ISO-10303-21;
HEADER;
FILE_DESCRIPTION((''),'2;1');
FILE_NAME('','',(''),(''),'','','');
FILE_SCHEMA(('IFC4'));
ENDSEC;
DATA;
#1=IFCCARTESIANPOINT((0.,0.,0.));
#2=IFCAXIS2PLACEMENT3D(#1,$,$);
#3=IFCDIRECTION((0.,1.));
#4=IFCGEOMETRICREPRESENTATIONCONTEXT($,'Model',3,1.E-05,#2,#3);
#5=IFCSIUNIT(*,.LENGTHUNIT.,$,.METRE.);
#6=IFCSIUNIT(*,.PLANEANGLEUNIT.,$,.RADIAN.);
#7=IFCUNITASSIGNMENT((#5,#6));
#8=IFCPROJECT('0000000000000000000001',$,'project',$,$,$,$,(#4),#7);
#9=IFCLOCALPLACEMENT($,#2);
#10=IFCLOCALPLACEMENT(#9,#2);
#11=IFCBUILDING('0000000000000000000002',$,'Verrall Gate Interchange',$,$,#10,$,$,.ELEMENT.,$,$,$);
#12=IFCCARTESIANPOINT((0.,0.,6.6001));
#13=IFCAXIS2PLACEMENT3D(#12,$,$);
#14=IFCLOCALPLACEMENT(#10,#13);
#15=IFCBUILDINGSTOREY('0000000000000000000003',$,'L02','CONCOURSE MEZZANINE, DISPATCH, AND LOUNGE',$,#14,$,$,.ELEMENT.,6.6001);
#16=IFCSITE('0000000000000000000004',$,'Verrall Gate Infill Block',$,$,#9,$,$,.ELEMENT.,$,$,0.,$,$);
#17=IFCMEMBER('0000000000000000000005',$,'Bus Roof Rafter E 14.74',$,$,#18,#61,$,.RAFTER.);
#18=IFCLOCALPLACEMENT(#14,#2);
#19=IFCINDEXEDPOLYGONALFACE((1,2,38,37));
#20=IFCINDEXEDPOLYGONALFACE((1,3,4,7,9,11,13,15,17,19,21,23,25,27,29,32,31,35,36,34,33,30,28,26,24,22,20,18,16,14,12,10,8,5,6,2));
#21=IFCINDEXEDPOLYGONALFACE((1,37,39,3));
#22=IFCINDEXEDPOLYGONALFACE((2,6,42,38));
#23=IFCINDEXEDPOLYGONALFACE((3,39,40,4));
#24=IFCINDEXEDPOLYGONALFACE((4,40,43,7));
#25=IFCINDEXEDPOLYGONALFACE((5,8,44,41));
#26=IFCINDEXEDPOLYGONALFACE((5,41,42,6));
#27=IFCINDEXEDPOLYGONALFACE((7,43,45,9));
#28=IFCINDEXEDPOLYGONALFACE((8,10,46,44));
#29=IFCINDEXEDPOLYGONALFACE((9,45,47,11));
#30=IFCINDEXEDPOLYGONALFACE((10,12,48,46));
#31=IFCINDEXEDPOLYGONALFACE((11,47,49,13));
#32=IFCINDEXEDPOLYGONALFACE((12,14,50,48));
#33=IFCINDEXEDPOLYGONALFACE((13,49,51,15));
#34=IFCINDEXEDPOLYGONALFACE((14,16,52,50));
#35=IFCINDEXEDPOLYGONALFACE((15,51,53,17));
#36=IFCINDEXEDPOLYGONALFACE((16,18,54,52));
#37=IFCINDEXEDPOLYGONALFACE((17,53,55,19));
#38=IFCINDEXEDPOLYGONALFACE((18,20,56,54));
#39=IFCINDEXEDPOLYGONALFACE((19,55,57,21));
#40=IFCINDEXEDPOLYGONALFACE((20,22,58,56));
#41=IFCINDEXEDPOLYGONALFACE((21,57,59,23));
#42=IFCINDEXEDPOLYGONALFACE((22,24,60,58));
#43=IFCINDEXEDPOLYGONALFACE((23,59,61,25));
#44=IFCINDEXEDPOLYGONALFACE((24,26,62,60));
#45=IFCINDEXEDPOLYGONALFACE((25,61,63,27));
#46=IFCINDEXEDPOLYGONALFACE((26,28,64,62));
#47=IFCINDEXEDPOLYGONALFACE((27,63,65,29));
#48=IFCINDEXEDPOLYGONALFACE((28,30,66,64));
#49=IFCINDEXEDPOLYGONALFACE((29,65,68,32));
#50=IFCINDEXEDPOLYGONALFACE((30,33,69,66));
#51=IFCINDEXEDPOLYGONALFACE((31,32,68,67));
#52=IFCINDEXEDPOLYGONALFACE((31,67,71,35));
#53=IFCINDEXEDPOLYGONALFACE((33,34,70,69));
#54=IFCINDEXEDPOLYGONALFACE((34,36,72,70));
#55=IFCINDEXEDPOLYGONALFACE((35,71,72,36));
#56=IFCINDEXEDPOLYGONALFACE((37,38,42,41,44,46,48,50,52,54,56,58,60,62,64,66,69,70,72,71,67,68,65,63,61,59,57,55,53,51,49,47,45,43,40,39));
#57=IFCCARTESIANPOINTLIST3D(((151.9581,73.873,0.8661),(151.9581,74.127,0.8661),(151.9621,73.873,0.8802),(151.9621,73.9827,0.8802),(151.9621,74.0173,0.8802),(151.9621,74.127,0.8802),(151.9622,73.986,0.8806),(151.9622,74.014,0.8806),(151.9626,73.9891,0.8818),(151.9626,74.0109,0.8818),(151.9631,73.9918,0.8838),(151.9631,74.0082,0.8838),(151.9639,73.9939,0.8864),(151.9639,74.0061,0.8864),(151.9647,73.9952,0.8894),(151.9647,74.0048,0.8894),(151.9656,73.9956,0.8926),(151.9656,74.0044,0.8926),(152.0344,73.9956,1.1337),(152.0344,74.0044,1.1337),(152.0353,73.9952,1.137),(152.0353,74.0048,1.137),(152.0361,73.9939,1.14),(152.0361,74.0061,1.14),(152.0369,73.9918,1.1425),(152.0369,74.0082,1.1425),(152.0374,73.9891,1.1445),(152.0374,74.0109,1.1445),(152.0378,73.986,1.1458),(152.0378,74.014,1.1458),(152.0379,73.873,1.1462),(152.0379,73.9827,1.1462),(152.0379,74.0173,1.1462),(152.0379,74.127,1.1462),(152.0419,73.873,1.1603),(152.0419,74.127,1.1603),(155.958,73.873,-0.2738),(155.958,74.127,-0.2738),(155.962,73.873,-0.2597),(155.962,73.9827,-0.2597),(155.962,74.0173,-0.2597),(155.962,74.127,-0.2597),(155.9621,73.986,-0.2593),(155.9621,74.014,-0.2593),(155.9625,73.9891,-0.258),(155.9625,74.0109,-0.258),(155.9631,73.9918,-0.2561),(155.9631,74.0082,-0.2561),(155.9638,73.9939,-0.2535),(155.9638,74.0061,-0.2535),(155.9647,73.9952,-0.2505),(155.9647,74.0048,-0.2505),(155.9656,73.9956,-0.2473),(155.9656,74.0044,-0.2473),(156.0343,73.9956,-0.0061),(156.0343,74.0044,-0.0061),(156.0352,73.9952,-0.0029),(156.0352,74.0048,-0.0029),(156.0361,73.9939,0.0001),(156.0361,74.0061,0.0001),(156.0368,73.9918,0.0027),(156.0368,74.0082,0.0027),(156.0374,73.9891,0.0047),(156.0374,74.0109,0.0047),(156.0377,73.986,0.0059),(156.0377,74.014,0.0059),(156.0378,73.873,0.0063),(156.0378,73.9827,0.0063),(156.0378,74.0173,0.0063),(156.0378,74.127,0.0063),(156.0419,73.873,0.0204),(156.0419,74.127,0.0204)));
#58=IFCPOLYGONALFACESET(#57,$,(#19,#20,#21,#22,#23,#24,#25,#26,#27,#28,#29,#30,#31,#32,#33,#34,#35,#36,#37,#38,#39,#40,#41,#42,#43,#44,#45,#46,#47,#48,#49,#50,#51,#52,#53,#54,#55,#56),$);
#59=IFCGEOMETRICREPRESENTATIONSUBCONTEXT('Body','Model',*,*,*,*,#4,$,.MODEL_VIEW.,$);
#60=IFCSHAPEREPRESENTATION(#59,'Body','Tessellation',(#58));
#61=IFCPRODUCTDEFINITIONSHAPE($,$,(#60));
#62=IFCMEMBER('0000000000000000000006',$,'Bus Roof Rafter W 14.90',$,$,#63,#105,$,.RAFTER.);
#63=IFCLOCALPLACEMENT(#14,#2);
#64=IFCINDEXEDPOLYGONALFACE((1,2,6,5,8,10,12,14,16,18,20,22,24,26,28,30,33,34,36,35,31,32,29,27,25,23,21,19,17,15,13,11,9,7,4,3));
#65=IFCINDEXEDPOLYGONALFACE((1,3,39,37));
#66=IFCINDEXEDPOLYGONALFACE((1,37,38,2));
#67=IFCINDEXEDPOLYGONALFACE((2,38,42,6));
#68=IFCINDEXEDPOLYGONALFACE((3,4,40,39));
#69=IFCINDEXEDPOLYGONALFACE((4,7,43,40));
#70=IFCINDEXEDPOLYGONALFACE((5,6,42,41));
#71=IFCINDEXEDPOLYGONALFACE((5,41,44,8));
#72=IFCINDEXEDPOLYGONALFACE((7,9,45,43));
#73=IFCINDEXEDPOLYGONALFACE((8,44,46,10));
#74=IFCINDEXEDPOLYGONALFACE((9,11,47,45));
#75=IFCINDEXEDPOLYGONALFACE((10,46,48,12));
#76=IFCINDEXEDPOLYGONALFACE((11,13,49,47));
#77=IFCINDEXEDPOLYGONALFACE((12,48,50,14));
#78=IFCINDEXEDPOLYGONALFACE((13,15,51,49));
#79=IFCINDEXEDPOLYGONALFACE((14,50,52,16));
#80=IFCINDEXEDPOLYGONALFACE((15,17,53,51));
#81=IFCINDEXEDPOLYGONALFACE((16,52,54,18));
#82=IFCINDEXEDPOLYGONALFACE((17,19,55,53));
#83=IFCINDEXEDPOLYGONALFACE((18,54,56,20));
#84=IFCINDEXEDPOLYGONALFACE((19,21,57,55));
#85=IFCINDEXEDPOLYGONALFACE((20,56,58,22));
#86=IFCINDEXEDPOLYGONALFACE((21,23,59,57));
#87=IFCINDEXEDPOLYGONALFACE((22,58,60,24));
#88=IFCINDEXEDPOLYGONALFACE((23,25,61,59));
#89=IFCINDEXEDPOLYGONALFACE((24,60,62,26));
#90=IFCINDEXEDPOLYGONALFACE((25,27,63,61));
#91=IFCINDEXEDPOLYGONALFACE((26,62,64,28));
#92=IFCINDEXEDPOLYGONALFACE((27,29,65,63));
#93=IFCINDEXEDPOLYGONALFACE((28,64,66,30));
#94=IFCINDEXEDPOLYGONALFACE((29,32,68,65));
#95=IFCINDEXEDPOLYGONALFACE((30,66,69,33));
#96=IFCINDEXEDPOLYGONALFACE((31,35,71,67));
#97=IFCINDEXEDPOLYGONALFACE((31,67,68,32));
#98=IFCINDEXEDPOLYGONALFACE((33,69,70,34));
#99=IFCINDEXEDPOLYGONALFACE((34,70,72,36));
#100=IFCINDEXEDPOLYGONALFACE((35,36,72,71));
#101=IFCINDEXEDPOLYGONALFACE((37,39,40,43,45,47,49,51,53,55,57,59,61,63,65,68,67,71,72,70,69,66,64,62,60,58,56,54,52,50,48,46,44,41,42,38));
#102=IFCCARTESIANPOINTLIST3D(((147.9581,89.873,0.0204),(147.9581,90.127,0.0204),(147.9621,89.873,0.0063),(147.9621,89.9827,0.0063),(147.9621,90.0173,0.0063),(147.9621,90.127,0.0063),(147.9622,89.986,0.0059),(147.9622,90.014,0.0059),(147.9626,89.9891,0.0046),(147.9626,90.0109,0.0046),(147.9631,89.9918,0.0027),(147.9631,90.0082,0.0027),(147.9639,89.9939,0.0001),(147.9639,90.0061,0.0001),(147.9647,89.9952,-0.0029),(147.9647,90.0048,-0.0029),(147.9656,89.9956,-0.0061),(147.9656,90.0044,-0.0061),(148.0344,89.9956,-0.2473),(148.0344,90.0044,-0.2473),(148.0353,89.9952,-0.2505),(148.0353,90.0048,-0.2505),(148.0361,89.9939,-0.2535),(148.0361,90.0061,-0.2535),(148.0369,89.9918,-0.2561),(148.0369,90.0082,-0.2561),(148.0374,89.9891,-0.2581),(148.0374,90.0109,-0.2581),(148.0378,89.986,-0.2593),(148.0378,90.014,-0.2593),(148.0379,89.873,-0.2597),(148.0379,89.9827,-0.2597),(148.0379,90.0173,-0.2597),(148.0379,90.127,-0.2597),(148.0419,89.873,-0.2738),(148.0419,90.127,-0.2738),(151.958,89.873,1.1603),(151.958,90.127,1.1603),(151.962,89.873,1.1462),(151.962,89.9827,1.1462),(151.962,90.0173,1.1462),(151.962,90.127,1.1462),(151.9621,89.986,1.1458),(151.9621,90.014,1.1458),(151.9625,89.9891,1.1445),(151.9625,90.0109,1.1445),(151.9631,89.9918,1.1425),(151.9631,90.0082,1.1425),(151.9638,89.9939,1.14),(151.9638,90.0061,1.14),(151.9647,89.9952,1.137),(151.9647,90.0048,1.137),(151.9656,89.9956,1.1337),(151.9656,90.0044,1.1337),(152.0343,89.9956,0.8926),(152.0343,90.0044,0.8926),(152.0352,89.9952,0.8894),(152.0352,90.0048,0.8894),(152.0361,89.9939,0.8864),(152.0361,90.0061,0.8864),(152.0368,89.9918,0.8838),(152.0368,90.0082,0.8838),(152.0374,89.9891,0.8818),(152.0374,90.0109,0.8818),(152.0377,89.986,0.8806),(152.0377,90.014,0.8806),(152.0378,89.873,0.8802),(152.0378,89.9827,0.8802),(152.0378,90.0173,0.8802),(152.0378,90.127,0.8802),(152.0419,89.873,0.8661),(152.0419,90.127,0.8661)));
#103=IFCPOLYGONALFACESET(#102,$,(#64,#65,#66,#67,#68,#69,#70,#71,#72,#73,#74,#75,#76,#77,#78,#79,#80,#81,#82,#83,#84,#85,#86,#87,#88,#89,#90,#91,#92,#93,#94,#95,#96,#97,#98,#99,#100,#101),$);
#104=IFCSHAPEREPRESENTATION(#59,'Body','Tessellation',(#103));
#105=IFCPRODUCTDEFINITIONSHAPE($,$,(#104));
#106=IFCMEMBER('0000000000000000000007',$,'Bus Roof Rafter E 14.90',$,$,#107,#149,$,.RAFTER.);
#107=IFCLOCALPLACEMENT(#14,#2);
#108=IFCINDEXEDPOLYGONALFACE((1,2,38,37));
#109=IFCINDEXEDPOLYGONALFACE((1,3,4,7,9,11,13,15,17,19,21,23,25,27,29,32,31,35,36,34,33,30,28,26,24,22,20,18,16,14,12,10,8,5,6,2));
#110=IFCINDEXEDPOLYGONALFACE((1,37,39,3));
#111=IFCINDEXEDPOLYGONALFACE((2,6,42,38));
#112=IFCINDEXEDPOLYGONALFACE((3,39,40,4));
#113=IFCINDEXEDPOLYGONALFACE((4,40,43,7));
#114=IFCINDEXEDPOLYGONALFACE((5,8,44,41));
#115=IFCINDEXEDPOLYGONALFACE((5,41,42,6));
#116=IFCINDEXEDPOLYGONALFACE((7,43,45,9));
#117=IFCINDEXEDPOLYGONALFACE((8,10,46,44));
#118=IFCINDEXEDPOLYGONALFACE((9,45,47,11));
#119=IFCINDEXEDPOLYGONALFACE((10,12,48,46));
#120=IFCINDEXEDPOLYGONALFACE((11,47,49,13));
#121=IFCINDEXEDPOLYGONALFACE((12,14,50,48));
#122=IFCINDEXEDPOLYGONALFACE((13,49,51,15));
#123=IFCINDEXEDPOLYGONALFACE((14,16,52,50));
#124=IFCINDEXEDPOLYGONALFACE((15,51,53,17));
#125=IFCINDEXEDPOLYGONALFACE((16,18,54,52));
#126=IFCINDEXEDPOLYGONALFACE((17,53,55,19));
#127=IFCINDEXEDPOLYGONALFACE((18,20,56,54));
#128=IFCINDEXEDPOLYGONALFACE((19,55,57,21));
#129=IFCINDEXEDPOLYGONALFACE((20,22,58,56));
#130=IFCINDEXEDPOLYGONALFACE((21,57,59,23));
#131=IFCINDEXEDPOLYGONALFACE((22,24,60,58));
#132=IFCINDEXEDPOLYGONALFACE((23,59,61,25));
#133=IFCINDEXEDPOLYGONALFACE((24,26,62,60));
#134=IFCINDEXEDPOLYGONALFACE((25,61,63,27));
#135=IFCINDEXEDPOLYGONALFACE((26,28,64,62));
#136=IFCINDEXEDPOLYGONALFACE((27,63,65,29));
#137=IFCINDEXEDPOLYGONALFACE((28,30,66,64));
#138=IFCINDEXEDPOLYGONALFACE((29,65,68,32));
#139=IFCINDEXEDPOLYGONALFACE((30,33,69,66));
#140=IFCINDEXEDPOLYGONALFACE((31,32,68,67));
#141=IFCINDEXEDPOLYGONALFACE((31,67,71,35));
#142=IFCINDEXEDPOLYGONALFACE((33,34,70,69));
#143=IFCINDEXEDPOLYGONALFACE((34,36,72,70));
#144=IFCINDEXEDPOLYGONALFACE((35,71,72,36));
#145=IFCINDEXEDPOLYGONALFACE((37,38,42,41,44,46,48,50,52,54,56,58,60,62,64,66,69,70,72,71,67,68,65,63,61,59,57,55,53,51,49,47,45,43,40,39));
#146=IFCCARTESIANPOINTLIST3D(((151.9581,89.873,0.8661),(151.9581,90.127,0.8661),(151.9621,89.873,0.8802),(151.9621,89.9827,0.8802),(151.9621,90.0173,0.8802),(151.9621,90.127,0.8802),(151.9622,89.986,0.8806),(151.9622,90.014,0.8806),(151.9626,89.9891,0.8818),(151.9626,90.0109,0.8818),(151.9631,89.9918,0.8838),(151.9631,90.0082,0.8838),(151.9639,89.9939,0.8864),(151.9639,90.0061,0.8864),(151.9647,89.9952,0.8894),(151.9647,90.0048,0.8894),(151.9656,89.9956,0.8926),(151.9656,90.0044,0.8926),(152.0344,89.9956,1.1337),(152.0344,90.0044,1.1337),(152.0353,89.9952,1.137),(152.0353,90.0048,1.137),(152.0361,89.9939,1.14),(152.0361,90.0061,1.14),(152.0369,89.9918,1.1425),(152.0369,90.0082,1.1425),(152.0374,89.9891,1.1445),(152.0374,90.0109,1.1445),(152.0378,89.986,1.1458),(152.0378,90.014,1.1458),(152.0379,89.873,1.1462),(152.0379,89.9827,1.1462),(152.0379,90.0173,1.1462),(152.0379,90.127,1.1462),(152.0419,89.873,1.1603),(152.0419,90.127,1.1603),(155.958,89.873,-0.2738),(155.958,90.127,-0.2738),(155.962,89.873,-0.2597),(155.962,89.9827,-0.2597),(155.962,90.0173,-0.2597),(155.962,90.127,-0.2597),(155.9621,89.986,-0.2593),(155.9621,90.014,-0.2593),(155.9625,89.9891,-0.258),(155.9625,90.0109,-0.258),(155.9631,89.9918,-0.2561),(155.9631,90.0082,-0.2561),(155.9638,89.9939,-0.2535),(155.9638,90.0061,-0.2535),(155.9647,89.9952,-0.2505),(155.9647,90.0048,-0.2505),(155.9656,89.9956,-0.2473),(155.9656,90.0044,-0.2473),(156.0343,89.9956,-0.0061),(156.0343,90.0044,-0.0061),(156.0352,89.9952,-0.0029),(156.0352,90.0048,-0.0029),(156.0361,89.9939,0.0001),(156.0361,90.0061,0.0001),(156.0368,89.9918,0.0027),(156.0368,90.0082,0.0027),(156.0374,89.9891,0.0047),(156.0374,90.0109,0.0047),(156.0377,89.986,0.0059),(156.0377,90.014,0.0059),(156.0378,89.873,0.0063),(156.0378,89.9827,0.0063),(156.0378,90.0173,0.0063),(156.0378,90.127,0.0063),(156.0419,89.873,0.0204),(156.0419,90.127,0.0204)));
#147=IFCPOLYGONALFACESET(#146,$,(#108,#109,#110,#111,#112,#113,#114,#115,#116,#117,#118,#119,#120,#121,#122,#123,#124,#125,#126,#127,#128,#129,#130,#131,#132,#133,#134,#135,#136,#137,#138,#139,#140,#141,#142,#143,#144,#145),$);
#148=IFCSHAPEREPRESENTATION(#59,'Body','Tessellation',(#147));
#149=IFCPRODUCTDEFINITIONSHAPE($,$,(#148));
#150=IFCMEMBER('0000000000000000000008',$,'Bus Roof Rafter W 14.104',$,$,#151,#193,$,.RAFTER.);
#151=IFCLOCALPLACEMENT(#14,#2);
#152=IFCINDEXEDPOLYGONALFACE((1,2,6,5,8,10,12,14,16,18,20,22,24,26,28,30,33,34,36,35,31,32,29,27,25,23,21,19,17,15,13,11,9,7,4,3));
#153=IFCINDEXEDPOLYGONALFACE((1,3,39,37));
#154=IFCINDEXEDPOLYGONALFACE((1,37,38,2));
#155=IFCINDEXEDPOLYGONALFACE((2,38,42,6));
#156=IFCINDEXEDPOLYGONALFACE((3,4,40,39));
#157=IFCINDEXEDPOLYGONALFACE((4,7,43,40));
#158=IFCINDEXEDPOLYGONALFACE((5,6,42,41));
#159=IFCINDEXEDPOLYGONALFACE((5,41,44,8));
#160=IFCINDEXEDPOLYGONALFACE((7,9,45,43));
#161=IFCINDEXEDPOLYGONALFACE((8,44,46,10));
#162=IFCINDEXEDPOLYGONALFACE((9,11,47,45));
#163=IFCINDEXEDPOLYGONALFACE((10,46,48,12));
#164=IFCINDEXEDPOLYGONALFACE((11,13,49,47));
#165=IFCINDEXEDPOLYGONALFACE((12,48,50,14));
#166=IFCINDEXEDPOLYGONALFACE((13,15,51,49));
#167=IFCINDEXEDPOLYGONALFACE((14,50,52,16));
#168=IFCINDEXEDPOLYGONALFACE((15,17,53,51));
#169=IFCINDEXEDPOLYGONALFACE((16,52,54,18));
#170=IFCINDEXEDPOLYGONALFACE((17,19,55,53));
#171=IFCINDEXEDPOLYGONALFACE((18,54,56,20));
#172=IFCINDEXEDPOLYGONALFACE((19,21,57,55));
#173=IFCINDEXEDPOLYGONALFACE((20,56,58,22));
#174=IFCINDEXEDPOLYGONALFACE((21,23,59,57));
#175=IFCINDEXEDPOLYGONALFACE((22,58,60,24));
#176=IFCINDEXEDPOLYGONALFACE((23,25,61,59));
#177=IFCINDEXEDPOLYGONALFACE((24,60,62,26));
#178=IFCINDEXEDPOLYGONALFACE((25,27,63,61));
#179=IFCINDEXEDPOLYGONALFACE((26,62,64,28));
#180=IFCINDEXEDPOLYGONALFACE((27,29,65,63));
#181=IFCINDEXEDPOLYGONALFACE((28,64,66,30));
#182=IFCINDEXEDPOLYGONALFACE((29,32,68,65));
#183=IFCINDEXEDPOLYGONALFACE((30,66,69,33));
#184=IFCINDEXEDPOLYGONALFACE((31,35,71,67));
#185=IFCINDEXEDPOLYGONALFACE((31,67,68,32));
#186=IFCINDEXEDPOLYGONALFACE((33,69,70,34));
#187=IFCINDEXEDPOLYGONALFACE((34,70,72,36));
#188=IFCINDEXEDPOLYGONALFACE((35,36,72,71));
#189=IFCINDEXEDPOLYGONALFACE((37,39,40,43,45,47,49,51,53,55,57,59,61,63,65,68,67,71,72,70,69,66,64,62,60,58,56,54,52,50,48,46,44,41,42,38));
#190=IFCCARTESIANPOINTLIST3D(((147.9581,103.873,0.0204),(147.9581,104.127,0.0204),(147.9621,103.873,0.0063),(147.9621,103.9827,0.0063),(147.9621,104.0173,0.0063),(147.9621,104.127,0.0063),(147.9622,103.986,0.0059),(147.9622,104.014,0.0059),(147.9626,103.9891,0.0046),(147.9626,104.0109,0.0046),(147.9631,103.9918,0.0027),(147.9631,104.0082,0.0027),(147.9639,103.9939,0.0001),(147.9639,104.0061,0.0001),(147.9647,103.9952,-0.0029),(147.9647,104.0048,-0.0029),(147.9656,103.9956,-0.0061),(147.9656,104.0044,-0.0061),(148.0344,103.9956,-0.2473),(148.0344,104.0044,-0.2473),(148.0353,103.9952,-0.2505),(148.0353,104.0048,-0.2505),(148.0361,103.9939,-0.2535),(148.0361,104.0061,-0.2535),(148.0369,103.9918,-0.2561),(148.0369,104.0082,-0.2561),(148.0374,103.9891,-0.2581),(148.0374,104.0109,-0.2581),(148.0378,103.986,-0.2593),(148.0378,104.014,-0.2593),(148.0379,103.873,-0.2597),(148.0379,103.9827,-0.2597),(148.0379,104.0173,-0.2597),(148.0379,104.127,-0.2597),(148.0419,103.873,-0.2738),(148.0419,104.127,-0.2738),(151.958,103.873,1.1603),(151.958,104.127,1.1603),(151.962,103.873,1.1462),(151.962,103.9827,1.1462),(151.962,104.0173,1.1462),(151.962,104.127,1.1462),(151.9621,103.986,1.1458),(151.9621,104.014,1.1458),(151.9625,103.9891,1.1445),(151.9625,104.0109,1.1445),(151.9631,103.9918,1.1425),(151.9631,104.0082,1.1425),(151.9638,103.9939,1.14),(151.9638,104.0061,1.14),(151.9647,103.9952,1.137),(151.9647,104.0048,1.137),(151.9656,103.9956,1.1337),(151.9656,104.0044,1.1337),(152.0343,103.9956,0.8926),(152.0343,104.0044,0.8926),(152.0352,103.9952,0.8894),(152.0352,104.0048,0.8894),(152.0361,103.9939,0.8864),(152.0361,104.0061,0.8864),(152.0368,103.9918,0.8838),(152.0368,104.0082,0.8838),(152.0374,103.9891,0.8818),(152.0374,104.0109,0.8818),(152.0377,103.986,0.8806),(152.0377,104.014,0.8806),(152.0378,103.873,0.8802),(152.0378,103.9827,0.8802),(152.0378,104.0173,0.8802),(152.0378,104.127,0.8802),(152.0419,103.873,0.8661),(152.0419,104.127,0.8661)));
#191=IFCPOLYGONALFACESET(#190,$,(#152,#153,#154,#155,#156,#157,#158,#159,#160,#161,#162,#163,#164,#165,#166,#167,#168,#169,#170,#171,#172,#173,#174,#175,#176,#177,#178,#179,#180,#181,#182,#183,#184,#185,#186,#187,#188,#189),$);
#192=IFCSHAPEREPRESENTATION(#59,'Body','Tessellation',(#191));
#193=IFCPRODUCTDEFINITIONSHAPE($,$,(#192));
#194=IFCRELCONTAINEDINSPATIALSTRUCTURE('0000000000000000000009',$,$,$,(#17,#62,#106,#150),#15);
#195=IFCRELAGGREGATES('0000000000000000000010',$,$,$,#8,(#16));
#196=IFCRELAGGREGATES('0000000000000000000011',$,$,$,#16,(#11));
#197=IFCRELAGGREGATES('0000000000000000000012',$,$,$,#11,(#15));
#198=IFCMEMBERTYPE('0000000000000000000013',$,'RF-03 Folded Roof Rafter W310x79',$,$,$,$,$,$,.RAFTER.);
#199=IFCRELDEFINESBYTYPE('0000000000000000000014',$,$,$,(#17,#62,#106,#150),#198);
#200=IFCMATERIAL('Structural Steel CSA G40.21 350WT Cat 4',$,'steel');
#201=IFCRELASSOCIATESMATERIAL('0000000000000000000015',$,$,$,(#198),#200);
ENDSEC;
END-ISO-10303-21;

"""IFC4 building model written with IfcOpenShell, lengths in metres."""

from ifc_helpers import new_model, si_unit, direction, frame, origin, origin_2d, place, context, subcontext, project, spatial, i_section, extrude, material, material_profile, profile_set, type_object, element, save


model = new_model("IFC4")

# Units and contexts
model_context = context("Model", 3, precision=1e-05, world=origin(), true_north=direction((0.0, 1.0)))
body_context = subcontext(model_context, "Body", "Model", "MODEL_VIEW")
ifc_project = project(units=[si_unit("LENGTHUNIT", "METRE"), si_unit("PLANEANGLEUNIT", "RADIAN")], contexts=[model_context])

# Site, building, storey
site_placement = place(None, origin())
site = spatial("IfcSite", under=ifc_project, at=site_placement, Name="Verrall Gate Infill Block", CompositionType="ELEMENT", RefElevation=0.0)
building_placement = place(site_placement, origin())
building = spatial("IfcBuilding", under=site, at=building_placement, Name="Verrall Gate Interchange", CompositionType="ELEMENT")
storey_placement = place(building_placement, frame((0.0, 0.0, 6.6001)))
storey = spatial("IfcBuildingStorey", under=building, at=storey_placement, Name="L02", Description="CONCOURSE MEZZANINE, DISPATCH, AND LOUNGE", CompositionType="ELEMENT", Elevation=6.6001)

# Members
ifc_material_1 = material(Name="Structural Steel CSA G40.21 350WT Cat 4", Category="steel")
ifc_material_profile_1 = material_profile(ifc_material_1, i_section(OverallWidth=0.2539, OverallDepth=0.3059, WebThickness=0.0088, FlangeThickness=0.0146, FilletRadius=0.0129, at=origin_2d()), Name="W310x79")
ifc_profile_set_1 = profile_set([ifc_material_profile_1], Name="Structural Steel CSA G40.21 350WT Cat 4")
member_type_1 = type_object("IfcMemberType", Name="RF-03 Folded Roof Rafter W310x79", PredefinedType="RAFTER", material=ifc_profile_set_1)
for number, where, z_axis, x_axis, name in (
    (1, (152.0, 74.0, 1.0132), (0.961712, 0.0, -0.274062), (0.0, 1.0, 0.0), "Bus Roof Rafter E 14.74"),
    (2, (148.0, 90.0, -0.1267), (0.961712, 0.0, 0.274062), (0.0, 1.0, 0.0), "Bus Roof Rafter W 14.90"),
    (3, (152.0, 90.0, 1.0132), (0.961712, 0.0, -0.274062), (0.0, 1.0, 0.0), "Bus Roof Rafter E 14.90"),
    (4, (148.0, 104.0, -0.1267), (0.961712, 0.0, 0.274062), (0.0, 1.0, 0.0), "Bus Roof Rafter W 14.104"),
):
    element("IfcMember", number, at=place(storey_placement, frame(where, z_axis=z_axis, x_axis=x_axis)), inside=storey, type_object=member_type_1, Name=name, PredefinedType="RAFTER", context=body_context, shape_type="SweptSolid", body=[
        extrude(i_section(OverallWidth=0.2539, OverallDepth=0.3059, WebThickness=0.0088, FlangeThickness=0.0146, FilletRadius=0.0129, at=origin_2d()), origin(), (0.0, 0.0, 1.0), 4.1592),
    ])

save(model, "model.ifc")
